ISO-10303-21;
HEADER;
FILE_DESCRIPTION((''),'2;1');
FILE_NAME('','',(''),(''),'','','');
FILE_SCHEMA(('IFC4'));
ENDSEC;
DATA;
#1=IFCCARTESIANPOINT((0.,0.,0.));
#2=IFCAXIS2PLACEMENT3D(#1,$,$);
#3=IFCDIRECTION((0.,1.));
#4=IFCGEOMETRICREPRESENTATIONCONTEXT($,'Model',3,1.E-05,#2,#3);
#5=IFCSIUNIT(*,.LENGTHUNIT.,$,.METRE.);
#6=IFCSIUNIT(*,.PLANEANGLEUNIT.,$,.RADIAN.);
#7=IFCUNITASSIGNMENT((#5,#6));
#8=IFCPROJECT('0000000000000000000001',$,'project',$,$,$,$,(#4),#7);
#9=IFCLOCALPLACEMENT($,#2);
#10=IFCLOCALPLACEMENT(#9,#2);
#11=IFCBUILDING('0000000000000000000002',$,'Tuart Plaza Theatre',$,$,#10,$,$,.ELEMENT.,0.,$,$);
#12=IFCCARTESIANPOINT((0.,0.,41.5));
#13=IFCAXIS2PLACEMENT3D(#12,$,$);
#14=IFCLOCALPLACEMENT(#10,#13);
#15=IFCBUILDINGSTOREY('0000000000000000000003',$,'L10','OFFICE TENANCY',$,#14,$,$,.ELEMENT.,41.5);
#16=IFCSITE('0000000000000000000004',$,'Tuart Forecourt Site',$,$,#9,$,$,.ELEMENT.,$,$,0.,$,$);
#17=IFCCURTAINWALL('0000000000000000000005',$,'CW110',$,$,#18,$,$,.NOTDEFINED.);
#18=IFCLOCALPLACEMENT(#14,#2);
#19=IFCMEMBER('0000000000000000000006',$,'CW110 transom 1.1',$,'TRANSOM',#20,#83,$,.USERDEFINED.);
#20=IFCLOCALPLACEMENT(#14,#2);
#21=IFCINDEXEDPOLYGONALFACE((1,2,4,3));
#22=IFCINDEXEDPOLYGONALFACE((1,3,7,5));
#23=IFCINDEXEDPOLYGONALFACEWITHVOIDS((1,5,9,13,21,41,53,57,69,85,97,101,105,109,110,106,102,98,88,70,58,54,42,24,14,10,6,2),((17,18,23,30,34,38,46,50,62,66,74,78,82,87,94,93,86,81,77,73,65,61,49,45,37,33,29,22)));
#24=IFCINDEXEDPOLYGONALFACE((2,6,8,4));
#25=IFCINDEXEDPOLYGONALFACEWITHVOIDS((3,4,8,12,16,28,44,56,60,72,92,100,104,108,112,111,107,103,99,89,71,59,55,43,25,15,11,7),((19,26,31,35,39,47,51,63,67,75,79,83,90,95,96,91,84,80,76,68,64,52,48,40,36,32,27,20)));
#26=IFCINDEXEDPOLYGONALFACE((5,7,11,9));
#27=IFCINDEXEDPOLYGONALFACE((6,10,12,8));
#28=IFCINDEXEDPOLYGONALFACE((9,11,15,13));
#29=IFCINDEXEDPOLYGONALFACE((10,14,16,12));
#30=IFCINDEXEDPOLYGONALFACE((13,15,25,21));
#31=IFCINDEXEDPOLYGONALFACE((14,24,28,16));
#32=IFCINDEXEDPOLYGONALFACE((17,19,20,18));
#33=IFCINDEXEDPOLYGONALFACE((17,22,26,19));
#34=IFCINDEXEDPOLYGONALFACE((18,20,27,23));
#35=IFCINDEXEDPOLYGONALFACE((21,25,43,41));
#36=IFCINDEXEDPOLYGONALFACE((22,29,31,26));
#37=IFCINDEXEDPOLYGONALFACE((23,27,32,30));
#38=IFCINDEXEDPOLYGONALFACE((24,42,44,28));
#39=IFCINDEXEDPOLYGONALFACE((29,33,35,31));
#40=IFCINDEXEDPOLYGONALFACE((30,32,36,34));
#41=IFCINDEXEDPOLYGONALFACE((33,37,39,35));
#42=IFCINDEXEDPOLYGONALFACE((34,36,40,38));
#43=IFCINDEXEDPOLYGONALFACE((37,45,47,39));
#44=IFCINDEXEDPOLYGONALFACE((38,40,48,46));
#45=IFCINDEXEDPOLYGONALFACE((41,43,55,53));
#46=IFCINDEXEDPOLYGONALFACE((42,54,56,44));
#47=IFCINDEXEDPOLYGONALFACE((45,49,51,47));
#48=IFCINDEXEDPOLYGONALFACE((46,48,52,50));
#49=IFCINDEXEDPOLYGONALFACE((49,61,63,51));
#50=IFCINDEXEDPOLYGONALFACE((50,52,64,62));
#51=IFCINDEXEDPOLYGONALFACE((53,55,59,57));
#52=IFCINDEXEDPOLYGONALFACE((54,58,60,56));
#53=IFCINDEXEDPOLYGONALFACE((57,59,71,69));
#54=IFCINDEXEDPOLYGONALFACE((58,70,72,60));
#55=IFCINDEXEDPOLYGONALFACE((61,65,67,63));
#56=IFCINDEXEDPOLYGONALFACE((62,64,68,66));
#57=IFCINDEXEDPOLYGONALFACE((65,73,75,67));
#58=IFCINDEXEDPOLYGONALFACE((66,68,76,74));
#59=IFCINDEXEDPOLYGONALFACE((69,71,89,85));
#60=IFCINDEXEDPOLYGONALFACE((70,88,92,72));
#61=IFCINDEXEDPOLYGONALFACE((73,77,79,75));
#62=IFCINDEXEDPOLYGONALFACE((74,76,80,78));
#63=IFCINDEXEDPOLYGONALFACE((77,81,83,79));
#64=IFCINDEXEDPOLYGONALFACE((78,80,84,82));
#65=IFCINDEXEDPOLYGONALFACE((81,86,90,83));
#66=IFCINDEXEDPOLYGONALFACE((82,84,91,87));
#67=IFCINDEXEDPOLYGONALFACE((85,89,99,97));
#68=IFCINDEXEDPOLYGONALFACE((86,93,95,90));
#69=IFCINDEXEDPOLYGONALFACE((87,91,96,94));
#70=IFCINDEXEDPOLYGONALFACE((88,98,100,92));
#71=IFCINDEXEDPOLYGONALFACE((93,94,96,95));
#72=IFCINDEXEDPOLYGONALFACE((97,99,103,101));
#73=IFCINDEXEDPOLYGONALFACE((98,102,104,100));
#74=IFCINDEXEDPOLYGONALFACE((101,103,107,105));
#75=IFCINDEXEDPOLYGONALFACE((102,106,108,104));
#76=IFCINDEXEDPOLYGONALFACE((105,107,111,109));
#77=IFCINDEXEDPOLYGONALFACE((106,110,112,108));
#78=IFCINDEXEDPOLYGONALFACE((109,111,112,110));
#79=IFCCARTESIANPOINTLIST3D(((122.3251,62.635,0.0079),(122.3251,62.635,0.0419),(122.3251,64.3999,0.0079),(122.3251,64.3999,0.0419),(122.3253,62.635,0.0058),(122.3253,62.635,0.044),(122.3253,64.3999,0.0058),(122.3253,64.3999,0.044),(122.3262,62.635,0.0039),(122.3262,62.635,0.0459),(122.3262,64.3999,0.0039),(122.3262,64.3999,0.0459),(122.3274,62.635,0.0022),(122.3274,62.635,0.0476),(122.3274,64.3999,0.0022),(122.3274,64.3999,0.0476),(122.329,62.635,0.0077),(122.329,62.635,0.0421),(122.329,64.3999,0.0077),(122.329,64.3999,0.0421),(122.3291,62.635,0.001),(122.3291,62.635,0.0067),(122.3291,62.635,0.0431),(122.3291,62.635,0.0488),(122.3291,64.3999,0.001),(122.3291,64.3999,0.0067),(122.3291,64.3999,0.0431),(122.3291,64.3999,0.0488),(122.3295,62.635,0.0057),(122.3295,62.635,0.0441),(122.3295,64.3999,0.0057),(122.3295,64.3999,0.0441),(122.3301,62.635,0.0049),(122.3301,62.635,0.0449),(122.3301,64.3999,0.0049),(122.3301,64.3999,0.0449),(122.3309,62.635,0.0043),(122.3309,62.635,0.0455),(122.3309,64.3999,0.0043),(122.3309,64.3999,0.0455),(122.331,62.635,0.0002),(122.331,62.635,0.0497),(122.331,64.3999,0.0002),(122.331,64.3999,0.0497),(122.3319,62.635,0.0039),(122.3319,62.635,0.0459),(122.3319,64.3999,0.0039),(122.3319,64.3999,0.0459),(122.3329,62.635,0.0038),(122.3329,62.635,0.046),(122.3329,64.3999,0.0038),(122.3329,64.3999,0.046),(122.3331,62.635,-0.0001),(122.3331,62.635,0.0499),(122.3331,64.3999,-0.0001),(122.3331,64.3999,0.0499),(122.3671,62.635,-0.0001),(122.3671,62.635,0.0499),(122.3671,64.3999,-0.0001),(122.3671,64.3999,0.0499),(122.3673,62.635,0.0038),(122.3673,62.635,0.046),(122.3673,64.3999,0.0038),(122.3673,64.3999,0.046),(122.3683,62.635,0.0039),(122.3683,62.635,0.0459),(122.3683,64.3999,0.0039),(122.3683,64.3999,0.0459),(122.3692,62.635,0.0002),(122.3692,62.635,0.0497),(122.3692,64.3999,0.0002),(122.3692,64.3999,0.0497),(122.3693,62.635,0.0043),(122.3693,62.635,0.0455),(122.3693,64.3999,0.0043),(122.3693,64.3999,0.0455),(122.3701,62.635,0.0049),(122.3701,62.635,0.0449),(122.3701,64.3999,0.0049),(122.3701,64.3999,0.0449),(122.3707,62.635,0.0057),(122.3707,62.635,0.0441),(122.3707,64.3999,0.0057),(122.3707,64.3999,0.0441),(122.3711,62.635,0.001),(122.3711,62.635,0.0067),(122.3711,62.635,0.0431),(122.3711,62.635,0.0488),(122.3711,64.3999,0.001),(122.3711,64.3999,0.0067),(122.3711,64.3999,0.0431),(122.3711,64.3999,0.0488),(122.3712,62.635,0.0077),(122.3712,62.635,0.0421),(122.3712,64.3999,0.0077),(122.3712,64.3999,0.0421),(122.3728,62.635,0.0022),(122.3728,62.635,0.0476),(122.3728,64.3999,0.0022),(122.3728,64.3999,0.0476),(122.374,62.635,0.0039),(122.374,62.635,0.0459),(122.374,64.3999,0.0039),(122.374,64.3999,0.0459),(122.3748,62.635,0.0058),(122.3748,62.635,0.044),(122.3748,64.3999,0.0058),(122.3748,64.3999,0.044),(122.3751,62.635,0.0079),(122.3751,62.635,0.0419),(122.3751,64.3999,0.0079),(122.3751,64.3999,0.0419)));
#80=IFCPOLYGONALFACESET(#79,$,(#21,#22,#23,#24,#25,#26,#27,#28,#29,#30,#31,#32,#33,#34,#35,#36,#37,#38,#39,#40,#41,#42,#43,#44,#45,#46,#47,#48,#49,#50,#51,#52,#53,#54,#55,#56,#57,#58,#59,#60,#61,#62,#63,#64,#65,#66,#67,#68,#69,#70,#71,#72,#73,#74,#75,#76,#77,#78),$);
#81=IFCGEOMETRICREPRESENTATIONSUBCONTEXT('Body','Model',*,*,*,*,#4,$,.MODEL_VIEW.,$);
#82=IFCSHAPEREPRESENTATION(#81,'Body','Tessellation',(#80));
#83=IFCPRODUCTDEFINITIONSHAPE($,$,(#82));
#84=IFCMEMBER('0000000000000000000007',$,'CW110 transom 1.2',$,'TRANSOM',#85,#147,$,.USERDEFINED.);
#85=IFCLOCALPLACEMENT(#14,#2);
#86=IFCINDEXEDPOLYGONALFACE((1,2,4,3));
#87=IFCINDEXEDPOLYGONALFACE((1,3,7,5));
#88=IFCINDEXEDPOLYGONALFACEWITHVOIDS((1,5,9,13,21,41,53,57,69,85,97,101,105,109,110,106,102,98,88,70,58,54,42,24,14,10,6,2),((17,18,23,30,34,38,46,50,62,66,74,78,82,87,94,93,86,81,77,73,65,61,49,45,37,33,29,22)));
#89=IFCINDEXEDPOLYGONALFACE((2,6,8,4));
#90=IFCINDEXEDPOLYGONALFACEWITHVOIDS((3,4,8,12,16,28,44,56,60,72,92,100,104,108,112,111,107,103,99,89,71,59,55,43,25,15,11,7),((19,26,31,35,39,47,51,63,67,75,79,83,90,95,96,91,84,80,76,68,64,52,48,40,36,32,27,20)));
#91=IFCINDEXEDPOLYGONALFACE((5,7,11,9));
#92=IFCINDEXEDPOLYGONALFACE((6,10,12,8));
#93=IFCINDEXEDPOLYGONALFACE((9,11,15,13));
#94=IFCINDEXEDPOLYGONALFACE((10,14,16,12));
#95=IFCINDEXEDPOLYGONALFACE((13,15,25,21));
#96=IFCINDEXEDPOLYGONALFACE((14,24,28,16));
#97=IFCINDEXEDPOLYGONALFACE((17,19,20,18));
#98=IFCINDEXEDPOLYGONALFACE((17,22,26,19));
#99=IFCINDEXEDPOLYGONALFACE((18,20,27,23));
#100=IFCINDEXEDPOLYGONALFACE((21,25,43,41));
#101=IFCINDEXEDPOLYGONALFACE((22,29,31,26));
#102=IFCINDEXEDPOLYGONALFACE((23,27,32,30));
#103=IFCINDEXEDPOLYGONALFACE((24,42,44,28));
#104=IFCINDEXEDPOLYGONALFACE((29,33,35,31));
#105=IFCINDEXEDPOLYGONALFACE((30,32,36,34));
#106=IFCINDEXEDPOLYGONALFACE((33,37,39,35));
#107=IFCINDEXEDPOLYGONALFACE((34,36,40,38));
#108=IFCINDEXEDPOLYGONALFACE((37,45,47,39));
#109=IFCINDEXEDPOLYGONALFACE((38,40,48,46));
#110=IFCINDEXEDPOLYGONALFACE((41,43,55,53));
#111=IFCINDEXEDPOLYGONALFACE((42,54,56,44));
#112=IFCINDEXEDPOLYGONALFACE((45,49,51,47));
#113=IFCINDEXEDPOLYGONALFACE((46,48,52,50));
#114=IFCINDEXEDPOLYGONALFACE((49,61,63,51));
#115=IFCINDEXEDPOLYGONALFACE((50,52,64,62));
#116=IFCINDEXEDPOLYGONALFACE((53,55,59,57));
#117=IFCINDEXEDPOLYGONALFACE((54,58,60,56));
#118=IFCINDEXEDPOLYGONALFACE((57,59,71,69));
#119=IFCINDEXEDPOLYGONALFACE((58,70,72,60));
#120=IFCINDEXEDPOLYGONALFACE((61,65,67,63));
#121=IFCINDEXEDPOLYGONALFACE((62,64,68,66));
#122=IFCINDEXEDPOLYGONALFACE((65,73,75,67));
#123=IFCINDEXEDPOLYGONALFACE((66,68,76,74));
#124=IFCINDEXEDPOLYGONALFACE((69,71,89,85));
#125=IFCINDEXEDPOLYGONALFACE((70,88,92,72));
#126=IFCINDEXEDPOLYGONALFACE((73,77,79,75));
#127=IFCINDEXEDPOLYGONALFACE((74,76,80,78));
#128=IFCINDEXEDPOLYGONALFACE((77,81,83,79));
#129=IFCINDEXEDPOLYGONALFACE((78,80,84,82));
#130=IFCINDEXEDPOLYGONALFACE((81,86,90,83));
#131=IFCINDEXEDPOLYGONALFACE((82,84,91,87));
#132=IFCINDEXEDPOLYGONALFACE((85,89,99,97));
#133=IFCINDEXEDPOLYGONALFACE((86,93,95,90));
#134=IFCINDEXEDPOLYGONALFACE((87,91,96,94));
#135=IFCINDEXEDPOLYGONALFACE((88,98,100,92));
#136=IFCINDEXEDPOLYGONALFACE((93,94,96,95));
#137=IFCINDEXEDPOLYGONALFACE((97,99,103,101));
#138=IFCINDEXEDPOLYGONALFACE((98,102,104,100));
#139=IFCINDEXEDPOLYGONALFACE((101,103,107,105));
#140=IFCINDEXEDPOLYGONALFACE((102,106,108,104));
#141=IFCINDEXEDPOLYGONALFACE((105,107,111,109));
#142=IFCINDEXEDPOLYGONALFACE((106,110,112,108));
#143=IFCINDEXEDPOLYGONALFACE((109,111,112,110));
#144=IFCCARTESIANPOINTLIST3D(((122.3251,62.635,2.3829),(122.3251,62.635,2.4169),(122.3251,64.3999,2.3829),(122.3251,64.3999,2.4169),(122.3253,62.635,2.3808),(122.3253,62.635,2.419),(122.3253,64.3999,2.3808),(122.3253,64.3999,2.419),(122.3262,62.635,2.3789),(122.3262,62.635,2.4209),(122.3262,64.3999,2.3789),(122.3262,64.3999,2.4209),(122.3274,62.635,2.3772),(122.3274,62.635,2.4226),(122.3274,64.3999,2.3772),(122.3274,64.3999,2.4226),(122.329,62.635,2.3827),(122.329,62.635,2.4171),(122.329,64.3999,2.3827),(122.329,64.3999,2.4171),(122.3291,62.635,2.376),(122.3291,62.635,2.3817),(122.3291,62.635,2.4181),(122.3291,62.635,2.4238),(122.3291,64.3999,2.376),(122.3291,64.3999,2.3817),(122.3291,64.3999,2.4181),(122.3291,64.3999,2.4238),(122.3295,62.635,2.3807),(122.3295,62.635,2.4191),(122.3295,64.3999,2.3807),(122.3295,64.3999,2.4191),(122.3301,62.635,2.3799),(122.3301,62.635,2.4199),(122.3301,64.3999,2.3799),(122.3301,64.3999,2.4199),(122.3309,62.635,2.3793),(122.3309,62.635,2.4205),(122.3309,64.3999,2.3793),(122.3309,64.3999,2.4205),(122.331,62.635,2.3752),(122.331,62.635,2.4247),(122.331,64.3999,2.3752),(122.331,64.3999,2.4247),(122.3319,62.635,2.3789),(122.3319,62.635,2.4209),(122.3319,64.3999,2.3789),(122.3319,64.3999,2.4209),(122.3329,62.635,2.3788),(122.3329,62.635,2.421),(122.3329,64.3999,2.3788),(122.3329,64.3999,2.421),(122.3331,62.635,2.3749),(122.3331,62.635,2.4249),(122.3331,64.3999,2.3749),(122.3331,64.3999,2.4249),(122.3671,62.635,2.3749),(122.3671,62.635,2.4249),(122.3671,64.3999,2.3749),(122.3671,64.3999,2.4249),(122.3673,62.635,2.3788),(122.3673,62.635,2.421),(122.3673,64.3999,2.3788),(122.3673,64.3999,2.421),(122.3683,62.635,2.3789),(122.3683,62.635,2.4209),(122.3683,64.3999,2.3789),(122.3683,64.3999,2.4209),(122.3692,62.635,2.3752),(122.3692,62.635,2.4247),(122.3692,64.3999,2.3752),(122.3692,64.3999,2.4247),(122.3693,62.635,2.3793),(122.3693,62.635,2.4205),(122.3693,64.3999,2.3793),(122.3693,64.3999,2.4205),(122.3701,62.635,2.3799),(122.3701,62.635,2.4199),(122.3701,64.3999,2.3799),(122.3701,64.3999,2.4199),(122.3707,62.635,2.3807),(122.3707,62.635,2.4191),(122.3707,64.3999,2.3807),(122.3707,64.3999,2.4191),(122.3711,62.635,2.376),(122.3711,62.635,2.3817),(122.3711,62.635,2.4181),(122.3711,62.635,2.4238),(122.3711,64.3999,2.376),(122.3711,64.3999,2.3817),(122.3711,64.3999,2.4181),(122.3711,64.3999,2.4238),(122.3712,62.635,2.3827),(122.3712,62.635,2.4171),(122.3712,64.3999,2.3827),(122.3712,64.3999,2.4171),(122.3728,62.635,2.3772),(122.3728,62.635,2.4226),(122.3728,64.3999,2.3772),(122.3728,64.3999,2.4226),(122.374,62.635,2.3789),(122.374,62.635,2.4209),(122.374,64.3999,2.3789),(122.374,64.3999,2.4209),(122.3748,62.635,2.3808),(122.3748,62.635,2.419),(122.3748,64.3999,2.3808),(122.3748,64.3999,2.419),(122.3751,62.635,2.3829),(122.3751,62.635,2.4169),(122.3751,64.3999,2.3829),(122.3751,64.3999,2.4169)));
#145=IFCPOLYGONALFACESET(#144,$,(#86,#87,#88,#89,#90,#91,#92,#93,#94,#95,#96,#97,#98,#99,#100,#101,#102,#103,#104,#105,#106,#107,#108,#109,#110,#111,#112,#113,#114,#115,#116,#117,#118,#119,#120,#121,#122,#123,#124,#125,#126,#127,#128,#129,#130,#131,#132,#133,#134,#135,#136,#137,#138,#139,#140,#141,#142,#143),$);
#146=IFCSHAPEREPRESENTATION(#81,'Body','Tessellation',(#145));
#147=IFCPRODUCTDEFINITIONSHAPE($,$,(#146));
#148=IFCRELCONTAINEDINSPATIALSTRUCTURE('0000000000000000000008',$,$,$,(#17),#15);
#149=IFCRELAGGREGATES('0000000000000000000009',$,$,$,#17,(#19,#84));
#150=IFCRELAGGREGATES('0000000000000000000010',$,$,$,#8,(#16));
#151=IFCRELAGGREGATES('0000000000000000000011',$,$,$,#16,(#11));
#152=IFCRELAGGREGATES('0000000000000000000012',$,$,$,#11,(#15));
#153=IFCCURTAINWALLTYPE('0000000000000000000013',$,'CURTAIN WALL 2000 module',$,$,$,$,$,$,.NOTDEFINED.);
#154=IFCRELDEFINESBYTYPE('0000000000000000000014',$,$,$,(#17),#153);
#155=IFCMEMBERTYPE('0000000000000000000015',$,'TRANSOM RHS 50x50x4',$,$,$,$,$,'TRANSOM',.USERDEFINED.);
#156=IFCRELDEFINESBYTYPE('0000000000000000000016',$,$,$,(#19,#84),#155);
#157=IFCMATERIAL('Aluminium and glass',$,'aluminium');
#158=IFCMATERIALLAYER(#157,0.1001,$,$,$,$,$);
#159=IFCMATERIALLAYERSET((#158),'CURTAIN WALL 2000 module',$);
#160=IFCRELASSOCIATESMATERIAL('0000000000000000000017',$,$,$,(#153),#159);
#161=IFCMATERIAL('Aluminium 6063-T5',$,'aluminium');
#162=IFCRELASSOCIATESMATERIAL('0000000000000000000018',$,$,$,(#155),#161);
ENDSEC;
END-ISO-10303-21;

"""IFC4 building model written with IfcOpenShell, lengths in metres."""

from ifc_helpers import new_model, si_unit, direction, frame, origin, origin_2d, place, context, subcontext, project, spatial, hollow_rectangle, extrude, material, layer, layer_set, material_profile, profile_set, type_object, element, aggregate, save


model = new_model("IFC4")

# Units and contexts
model_context = context("Model", 3, precision=1e-05, world=origin(), true_north=direction((0.0, 1.0)))
body_context = subcontext(model_context, "Body", "Model", "MODEL_VIEW")
ifc_project = project(units=[si_unit("LENGTHUNIT", "METRE"), si_unit("PLANEANGLEUNIT", "RADIAN")], contexts=[model_context])

# Site, building, storey
site_placement = place(None, origin())
site = spatial("IfcSite", under=ifc_project, at=site_placement, Name="Tuart Forecourt Site", CompositionType="ELEMENT", RefElevation=0.0)
building_placement = place(site_placement, origin())
building = spatial("IfcBuilding", under=site, at=building_placement, Name="Tuart Plaza Theatre", CompositionType="ELEMENT", ElevationOfRefHeight=0.0)
storey_placement = place(building_placement, frame((0.0, 0.0, 41.5)))
storey = spatial("IfcBuildingStorey", under=building, at=storey_placement, Name="L10", Description="OFFICE TENANCY", CompositionType="ELEMENT", Elevation=41.5)

# Shared definitions
ifc_material_1 = material(Name="Aluminium and glass", Category="aluminium")
ifc_layer_1 = layer(ifc_material_1, 0.1001)
ifc_layer_set_1 = layer_set([ifc_layer_1], Name="CURTAIN WALL 2000 module")
curtain_wall_type = type_object("IfcCurtainWallType", Name="CURTAIN WALL 2000 module", PredefinedType="NOTDEFINED", material=ifc_layer_set_1)

# Curtain wall
curtain_wall_1_placement = place(storey_placement, origin())
curtain_wall_1 = element("IfcCurtainWall", 1, at=curtain_wall_1_placement, inside=storey, type_object=curtain_wall_type, Name="CW110", PredefinedType="NOTDEFINED")

# Members
ifc_material_2 = material(Name="Aluminium 6063-T5", Category="aluminium")
ifc_material_profile_1 = material_profile(ifc_material_2, hollow_rectangle(XDim=0.05, YDim=0.05, WallThickness=0.0039, InnerFilletRadius=0.0039, OuterFilletRadius=0.0081, at=origin_2d()), Name="RHS 50x50x4")
ifc_profile_set_1 = profile_set([ifc_material_profile_1], Name="Aluminium 6063-T5")
member_type_1 = type_object("IfcMemberType", Name="TRANSOM RHS 50x50x4", ElementType="TRANSOM", PredefinedType="USERDEFINED", material=ifc_profile_set_1)
member_1_placement = place(storey_placement, frame((122.3501, 64.3999, 0.0249), z_axis=(0.0, -1.0, 0.0), x_axis=(1.0, 0.0, 0.0)))
member_1 = element("IfcMember", 2, at=member_1_placement, type_object=member_type_1, Name="CW110 transom 1.1", ObjectType="TRANSOM", PredefinedType="USERDEFINED", context=body_context, shape_type="SweptSolid", body=[
    extrude(hollow_rectangle(XDim=0.05, YDim=0.05, WallThickness=0.0039, InnerFilletRadius=0.0039, OuterFilletRadius=0.0081, at=origin_2d()), origin(), (0.0, 0.0, 1.0), 1.7649),
])
member_2_placement = place(storey_placement, frame((122.3501, 64.3999, 2.3999), z_axis=(0.0, -1.0, 0.0), x_axis=(1.0, 0.0, 0.0)))
member_2 = element("IfcMember", 3, at=member_2_placement, type_object=member_type_1, Name="CW110 transom 1.2", ObjectType="TRANSOM", PredefinedType="USERDEFINED", context=body_context, shape_type="SweptSolid", body=[
    extrude(hollow_rectangle(XDim=0.05, YDim=0.05, WallThickness=0.0039, InnerFilletRadius=0.0039, OuterFilletRadius=0.0081, at=origin_2d()), origin(), (0.0, 0.0, 1.0), 1.7649),
])

aggregate(curtain_wall_1, [member_1, member_2])

save(model, "model.ifc")
